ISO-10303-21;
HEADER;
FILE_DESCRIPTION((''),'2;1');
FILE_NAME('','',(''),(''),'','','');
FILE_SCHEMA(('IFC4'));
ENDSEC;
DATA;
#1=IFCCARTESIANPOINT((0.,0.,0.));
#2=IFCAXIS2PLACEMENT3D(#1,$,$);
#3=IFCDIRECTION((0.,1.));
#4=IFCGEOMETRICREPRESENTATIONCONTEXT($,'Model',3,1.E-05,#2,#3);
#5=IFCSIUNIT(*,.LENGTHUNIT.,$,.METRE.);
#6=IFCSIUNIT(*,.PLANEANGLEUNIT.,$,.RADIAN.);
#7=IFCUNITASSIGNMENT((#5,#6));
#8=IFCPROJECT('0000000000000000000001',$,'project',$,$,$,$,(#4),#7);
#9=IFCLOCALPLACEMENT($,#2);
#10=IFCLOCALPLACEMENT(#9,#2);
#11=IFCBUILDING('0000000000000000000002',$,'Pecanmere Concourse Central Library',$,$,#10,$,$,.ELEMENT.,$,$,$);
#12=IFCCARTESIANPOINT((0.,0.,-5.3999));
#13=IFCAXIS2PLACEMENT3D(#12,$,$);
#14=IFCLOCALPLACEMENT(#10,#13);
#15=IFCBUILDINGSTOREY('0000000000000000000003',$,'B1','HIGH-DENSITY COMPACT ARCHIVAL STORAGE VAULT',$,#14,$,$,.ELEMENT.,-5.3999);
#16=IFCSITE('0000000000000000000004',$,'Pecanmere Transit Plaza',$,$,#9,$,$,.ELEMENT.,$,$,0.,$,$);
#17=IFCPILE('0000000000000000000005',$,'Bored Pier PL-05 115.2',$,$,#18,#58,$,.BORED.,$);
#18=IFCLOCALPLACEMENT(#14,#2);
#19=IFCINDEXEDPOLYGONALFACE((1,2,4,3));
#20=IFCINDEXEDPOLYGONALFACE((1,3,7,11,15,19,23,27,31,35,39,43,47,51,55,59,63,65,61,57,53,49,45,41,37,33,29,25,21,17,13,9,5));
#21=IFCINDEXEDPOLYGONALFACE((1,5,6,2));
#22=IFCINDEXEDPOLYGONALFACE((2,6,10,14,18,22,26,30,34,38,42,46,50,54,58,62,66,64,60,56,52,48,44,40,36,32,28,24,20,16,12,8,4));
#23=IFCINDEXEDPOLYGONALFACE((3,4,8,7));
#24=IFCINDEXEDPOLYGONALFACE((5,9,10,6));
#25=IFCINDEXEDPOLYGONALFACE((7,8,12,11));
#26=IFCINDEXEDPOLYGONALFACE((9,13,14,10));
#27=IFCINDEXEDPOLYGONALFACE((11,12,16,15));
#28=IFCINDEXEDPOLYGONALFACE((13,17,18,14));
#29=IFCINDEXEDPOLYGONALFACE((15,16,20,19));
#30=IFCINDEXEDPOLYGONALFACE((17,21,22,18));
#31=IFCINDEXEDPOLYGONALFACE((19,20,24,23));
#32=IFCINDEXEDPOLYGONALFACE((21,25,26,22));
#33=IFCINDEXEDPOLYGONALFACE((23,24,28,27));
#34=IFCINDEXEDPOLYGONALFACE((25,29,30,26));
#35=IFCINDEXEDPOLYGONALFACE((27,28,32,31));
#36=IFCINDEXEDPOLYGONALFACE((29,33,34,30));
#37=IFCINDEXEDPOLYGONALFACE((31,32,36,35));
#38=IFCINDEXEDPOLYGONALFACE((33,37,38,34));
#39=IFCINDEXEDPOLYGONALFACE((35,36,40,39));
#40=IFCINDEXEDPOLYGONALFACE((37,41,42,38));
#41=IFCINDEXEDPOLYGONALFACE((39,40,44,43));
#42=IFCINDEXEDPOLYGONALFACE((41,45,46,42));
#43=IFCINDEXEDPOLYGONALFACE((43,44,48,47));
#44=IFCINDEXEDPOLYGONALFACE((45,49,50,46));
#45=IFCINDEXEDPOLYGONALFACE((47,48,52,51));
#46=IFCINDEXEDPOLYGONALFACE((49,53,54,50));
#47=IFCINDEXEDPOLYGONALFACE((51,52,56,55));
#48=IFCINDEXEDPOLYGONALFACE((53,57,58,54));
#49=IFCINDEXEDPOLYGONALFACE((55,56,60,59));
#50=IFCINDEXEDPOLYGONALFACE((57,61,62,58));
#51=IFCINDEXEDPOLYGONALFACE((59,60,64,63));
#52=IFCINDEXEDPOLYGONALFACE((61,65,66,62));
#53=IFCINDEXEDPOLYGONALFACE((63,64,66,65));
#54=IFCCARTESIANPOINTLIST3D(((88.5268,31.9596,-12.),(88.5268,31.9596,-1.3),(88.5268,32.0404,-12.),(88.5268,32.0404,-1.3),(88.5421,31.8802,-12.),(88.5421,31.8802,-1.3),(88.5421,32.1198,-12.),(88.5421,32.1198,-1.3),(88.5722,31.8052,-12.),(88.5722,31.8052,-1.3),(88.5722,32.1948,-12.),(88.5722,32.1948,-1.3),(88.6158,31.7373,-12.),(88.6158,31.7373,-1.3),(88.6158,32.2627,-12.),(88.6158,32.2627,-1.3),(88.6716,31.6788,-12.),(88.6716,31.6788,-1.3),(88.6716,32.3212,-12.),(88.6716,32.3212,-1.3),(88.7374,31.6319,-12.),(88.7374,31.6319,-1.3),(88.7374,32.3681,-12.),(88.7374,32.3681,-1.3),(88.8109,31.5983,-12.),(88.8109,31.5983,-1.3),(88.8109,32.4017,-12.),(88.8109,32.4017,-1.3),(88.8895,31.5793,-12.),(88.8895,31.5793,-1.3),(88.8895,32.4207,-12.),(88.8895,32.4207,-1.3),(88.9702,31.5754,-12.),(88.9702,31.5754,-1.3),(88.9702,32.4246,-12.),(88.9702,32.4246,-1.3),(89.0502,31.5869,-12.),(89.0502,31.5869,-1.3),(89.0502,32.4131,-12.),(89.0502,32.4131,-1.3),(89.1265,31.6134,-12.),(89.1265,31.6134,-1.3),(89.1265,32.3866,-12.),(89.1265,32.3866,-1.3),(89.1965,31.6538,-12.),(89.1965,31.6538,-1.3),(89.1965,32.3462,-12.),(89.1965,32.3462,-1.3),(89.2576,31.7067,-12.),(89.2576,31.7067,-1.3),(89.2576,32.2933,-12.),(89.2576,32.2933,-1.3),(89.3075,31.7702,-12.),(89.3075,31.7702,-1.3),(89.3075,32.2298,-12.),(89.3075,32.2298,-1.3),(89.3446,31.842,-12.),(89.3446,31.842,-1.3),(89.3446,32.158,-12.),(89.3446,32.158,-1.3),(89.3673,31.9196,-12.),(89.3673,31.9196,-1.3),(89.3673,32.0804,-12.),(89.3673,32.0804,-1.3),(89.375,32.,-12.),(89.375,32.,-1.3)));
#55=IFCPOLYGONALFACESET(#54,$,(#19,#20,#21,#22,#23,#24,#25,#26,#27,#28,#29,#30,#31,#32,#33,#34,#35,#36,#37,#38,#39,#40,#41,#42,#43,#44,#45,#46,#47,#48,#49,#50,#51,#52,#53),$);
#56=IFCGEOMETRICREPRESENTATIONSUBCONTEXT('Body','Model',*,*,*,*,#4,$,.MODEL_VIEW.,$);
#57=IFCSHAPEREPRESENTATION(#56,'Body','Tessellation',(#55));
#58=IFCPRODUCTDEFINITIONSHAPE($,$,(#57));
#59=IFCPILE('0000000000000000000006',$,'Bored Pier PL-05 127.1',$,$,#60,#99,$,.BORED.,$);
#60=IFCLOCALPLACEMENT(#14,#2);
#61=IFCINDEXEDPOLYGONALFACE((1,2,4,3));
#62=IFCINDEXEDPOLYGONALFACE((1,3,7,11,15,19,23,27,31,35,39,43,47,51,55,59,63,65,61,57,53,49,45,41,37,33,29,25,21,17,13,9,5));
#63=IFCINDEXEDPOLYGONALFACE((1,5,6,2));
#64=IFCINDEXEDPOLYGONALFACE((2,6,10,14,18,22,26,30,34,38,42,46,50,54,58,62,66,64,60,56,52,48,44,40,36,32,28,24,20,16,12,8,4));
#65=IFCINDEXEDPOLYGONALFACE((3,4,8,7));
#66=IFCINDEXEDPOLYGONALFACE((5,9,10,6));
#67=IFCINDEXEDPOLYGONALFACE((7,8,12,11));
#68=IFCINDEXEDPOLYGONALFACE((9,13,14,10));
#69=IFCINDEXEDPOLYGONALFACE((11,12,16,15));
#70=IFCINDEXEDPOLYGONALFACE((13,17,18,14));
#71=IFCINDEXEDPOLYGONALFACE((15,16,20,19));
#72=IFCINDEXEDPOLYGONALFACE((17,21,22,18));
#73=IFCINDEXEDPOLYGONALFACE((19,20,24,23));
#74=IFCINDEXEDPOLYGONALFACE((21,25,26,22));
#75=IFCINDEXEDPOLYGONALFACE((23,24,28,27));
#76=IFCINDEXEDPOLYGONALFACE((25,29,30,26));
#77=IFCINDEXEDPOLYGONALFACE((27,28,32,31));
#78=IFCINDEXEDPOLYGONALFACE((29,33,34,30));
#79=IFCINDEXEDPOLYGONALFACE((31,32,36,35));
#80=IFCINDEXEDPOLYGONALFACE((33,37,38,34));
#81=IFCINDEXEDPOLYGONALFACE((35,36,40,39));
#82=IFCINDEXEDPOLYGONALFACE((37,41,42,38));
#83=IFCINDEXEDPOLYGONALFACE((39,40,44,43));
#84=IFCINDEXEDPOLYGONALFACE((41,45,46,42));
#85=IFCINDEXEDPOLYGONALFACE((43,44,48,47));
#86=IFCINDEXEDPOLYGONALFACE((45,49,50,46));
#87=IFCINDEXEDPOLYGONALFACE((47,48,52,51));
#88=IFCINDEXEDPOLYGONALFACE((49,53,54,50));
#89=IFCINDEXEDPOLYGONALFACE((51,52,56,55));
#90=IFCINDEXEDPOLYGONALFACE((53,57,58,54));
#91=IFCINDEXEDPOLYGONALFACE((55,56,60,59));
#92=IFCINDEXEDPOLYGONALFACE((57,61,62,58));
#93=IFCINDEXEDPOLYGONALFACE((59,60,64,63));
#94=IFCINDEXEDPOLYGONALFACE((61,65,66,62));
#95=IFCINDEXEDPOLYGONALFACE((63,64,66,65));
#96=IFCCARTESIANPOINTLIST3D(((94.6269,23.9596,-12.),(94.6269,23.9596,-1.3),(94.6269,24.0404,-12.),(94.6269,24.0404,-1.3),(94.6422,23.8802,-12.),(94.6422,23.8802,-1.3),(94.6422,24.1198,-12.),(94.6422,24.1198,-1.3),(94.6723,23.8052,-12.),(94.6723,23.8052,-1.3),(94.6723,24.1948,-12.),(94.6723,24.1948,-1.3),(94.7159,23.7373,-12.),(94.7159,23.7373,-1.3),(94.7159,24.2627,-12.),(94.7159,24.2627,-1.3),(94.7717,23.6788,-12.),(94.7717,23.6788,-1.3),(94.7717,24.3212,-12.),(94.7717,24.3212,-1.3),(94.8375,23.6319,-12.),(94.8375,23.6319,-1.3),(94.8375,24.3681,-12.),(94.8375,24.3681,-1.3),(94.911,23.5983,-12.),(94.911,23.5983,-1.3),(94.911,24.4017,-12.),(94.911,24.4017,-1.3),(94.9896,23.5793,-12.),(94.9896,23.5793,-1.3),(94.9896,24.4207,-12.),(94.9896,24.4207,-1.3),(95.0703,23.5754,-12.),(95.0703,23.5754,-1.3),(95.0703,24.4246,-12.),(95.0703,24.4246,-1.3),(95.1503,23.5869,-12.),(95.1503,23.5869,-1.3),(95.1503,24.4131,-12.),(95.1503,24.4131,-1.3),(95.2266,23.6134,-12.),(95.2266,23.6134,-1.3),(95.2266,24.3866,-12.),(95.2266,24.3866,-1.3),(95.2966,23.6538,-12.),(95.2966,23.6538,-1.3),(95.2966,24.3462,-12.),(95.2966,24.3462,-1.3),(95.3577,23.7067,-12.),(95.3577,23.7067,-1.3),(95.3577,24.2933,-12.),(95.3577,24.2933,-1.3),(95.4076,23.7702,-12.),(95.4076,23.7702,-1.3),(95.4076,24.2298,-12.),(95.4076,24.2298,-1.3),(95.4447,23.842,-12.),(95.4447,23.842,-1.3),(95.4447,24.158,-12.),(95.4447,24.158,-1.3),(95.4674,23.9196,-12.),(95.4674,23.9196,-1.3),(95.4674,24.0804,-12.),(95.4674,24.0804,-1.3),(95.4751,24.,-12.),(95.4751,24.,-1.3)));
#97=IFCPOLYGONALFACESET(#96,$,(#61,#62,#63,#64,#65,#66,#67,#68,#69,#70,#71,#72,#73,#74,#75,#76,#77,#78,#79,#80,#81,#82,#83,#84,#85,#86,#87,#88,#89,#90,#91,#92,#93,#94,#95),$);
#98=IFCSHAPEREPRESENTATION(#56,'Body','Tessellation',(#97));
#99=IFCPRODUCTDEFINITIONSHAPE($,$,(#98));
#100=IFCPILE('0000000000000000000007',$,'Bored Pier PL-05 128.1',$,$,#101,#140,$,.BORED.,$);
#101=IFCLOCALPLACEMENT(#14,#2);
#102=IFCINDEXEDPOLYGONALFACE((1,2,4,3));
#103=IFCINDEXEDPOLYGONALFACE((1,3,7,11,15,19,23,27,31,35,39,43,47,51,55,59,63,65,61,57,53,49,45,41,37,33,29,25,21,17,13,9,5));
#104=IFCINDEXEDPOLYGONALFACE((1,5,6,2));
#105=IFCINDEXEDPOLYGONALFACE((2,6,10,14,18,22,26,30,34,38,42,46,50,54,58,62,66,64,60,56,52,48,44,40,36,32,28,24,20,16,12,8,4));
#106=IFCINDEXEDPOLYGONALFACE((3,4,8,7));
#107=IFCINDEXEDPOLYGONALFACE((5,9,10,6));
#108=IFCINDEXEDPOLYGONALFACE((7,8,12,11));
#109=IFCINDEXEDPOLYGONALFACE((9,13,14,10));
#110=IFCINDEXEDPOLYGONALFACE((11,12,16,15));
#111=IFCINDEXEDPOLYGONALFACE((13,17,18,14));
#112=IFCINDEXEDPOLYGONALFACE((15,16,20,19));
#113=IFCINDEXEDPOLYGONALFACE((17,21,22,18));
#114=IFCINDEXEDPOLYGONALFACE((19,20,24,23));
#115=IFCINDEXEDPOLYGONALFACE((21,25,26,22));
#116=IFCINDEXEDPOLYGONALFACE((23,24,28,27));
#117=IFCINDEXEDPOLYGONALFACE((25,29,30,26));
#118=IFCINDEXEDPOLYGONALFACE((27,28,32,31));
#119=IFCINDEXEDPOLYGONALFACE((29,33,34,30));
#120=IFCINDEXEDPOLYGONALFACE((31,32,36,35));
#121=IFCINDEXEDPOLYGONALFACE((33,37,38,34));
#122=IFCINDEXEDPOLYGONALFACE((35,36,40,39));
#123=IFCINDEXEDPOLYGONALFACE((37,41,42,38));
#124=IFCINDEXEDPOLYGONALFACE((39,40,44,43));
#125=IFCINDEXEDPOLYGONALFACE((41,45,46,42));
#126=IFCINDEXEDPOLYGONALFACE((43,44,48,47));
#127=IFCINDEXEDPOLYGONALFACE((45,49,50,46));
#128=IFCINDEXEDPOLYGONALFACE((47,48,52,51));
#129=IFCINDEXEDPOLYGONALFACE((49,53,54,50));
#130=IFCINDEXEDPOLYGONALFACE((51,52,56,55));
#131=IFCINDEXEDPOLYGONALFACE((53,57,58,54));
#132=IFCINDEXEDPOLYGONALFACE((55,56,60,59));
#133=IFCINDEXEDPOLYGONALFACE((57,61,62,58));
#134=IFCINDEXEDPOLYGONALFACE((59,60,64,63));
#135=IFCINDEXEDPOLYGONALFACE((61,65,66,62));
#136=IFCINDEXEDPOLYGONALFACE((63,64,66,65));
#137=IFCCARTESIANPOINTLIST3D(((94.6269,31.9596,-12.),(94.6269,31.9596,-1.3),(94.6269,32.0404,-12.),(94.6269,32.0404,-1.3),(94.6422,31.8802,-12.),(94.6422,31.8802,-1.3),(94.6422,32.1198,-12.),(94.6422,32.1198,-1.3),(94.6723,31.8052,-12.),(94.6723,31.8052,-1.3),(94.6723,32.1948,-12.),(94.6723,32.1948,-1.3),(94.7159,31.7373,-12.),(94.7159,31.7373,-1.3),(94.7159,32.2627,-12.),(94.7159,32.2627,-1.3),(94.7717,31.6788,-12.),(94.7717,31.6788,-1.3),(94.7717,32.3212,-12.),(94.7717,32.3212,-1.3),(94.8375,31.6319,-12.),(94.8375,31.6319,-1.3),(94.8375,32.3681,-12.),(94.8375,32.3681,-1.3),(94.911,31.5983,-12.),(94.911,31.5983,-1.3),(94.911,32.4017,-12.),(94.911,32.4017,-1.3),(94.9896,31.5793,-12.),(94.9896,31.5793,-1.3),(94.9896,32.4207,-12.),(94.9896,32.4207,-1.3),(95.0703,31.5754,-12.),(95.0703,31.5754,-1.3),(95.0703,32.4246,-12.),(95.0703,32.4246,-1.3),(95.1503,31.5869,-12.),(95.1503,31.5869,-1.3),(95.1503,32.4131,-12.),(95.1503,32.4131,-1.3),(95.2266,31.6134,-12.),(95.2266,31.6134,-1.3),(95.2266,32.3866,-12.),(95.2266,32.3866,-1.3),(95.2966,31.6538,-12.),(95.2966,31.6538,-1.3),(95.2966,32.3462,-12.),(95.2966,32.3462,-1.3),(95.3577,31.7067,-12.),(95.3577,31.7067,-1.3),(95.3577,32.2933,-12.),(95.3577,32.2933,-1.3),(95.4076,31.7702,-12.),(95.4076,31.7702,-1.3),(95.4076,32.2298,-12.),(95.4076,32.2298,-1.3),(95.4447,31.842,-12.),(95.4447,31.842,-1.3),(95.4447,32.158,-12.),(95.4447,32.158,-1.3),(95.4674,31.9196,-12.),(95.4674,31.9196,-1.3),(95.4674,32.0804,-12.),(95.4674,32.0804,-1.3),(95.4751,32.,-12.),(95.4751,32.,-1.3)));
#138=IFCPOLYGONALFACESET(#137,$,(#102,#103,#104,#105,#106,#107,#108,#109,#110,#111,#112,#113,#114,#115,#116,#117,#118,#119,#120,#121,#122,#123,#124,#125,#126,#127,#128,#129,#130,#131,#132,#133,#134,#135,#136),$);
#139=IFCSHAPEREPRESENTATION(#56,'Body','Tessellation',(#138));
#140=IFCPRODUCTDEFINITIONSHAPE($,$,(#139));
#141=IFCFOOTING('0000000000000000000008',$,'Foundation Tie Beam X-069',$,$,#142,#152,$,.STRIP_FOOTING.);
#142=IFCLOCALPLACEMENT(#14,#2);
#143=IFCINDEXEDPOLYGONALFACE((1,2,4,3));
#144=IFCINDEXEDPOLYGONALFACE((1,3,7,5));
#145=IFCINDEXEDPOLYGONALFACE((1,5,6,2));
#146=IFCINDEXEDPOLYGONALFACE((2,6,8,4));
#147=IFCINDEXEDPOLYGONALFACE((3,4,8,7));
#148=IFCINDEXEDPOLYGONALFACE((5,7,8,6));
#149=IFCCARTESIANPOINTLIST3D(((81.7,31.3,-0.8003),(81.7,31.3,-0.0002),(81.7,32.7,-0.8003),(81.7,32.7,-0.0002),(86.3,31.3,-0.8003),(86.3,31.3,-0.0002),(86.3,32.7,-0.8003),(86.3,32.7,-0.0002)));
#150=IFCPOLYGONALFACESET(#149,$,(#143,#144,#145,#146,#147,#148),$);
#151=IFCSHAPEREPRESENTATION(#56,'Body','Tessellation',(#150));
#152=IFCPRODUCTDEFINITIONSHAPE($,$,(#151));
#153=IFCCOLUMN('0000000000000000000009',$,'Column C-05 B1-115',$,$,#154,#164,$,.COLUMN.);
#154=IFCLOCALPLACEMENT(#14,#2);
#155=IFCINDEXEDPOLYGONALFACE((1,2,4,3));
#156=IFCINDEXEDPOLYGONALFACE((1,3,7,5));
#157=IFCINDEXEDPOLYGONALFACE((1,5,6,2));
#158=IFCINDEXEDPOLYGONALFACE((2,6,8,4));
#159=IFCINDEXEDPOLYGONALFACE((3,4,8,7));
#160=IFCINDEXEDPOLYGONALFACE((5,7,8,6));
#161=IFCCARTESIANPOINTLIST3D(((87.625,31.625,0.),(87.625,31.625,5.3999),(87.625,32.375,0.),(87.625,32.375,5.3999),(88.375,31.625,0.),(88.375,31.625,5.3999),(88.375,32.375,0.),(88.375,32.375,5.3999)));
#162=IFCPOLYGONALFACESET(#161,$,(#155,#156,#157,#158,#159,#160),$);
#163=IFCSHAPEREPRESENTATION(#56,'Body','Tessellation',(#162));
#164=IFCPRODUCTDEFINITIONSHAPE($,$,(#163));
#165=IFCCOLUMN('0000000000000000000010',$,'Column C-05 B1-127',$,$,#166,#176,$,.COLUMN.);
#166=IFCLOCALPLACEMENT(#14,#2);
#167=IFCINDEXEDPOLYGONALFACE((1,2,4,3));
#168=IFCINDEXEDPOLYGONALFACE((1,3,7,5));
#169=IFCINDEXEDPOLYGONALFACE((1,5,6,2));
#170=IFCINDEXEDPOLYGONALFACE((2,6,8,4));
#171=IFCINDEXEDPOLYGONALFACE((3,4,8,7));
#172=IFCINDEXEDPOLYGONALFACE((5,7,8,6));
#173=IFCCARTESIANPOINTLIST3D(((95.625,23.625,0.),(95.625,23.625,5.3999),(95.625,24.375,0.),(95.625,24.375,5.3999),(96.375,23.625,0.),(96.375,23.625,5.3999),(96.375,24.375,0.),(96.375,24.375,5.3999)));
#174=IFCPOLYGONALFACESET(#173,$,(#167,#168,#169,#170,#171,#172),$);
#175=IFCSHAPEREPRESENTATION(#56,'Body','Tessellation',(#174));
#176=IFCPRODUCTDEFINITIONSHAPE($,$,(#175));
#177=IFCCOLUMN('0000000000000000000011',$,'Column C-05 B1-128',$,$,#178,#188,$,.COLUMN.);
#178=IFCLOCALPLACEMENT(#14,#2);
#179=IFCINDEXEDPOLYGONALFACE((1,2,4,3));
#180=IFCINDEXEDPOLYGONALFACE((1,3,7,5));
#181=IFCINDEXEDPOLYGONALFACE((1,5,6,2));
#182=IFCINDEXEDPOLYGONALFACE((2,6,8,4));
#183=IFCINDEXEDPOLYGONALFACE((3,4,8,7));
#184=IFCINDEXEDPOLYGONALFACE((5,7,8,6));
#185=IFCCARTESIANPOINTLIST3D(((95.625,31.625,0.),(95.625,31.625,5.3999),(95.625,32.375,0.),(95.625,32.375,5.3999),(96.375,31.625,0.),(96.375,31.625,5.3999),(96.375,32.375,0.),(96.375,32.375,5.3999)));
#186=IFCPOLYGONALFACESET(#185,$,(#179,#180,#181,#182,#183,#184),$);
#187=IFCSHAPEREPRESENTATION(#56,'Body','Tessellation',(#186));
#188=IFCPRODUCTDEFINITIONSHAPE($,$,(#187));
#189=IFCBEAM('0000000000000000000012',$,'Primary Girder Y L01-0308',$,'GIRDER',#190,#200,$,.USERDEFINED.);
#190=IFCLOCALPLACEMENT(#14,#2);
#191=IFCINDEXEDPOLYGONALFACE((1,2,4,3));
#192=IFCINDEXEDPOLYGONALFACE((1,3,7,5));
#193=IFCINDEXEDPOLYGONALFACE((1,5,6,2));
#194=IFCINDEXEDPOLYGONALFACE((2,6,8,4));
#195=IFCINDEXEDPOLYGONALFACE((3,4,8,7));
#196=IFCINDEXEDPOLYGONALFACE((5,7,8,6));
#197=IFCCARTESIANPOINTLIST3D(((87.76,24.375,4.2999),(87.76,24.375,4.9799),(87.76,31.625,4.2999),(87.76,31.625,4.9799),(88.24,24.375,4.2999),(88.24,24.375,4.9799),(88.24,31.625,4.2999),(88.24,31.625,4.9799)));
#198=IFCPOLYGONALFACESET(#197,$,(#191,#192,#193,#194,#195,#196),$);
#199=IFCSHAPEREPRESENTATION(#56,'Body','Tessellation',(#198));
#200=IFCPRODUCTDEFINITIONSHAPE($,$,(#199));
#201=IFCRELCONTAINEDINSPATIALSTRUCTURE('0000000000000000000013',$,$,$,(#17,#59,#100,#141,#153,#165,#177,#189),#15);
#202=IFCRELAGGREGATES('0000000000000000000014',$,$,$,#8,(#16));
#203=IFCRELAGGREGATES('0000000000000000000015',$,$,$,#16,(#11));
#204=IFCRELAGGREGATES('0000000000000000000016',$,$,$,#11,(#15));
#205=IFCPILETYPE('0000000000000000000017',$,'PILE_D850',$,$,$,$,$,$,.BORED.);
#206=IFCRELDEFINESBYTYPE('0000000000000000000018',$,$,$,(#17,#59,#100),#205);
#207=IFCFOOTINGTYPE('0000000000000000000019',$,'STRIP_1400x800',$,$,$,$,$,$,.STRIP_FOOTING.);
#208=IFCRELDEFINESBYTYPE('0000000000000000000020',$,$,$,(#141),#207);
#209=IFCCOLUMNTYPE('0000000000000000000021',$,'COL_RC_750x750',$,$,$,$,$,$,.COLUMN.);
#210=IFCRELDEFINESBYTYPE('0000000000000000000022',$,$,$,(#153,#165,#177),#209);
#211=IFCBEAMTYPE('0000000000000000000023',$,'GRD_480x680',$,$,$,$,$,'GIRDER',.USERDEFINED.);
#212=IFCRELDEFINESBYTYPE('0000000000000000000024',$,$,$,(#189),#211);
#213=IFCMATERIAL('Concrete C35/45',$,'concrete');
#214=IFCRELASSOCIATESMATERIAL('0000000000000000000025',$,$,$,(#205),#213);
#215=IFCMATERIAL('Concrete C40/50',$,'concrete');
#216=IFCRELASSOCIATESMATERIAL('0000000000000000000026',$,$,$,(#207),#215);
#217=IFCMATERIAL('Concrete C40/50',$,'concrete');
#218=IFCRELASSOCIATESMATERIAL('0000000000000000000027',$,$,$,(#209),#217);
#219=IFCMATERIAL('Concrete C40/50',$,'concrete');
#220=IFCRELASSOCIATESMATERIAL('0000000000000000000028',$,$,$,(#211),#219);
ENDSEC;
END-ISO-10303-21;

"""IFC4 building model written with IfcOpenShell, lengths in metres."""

from ifc_helpers import new_model, si_unit, direction, frame, origin, origin_2d, place, context, subcontext, project, spatial, rectangle, circle, extrude, material, material_profile, profile_set, type_object, element, save


model = new_model("IFC4")

# Units and contexts
model_context = context("Model", 3, precision=1e-05, world=origin(), true_north=direction((0.0, 1.0)))
body_context = subcontext(model_context, "Body", "Model", "MODEL_VIEW")
ifc_project = project(units=[si_unit("LENGTHUNIT", "METRE"), si_unit("PLANEANGLEUNIT", "RADIAN")], contexts=[model_context])

# Site, building, storey
site_placement = place(None, origin())
site = spatial("IfcSite", under=ifc_project, at=site_placement, Name="Pecanmere Transit Plaza", CompositionType="ELEMENT", RefElevation=0.0)
building_placement = place(site_placement, origin())
building = spatial("IfcBuilding", under=site, at=building_placement, Name="Pecanmere Concourse Central Library", CompositionType="ELEMENT")
storey_placement = place(building_placement, frame((0.0, 0.0, -5.3999)))
storey = spatial("IfcBuildingStorey", under=building, at=storey_placement, Name="B1", Description="HIGH-DENSITY COMPACT ARCHIVAL STORAGE VAULT", CompositionType="ELEMENT", Elevation=-5.3999)

# Piles
ifc_material_1 = material(Name="Concrete C35/45", Category="concrete")
ifc_material_profile_1 = material_profile(ifc_material_1, circle(Radius=0.425, at=origin_2d()), Name="PIER D850")
ifc_profile_set_1 = profile_set([ifc_material_profile_1], Name="Concrete C35/45")
pile_type = type_object("IfcPileType", Name="PILE_D850", PredefinedType="BORED", material=ifc_profile_set_1)
for number, where, z_axis, x_axis, name in (
    (1, (88.95, 32.0, -1.3), (0.0, 0.0, -1.0), (1.0, 0.0, 0.0), "Bored Pier PL-05 115.2"),
    (2, (95.05, 24.0, -1.3), (0.0, 0.0, -1.0), (1.0, 0.0, 0.0), "Bored Pier PL-05 127.1"),
    (3, (95.05, 32.0, -1.3), (0.0, 0.0, -1.0), (1.0, 0.0, 0.0), "Bored Pier PL-05 128.1"),
):
    element("IfcPile", number, at=place(storey_placement, frame(where, z_axis=z_axis, x_axis=x_axis)), inside=storey, type_object=pile_type, Name=name, PredefinedType="BORED", context=body_context, shape_type="SweptSolid", body=[
        extrude(circle(Radius=0.425, at=origin_2d()), origin(), (0.0, 0.0, 1.0), 10.7),
    ])

# Footing
ifc_material_2 = material(Name="Concrete C40/50", Category="concrete")
ifc_material_profile_2 = material_profile(ifc_material_2, rectangle(XDim=1.3999, YDim=0.8, at=origin_2d()), Name="RC 1400x800")
ifc_profile_set_2 = profile_set([ifc_material_profile_2], Name="Concrete C40/50")
footing_type_1 = type_object("IfcFootingType", Name="STRIP_1400x800", PredefinedType="STRIP_FOOTING", material=ifc_profile_set_2)
footing_placement = place(storey_placement, frame((84.0, 32.0, -0.8003), z_axis=(0.0, 0.0, 1.0), x_axis=(1.0, 0.0, 0.0)))
element("IfcFooting", 4, at=footing_placement, inside=storey, type_object=footing_type_1, Name="Foundation Tie Beam X-069", PredefinedType="STRIP_FOOTING", context=body_context, shape_type="SweptSolid", body=[
    extrude(rectangle(XDim=4.6001, YDim=1.3999, at=origin_2d()), origin(), (0.0, 0.0, 1.0), 0.8),
])

# Columns
ifc_material_3 = material(Name="Concrete C40/50", Category="concrete")
ifc_material_profile_3 = material_profile(ifc_material_3, rectangle(XDim=0.75, YDim=0.75, at=origin_2d()), Name="RC 750x750")
ifc_profile_set_3 = profile_set([ifc_material_profile_3], Name="Concrete C40/50")
column_type = type_object("IfcColumnType", Name="COL_RC_750x750", PredefinedType="COLUMN", material=ifc_profile_set_3)
for number, where, z_axis, x_axis, name in (
    (5, (88.0, 32.0, 0.0), (0.0, 0.0, 1.0), (1.0, 0.0, 0.0), "Column C-05 B1-115"),
    (6, (96.0, 24.0, 0.0), (0.0, 0.0, 1.0), (1.0, 0.0, 0.0), "Column C-05 B1-127"),
    (7, (96.0, 32.0, 0.0), (0.0, 0.0, 1.0), (1.0, 0.0, 0.0), "Column C-05 B1-128"),
):
    element("IfcColumn", number, at=place(storey_placement, frame(where, z_axis=z_axis, x_axis=x_axis)), inside=storey, type_object=column_type, Name=name, PredefinedType="COLUMN", context=body_context, shape_type="SweptSolid", body=[
        extrude(rectangle(XDim=0.75, YDim=0.75, at=origin_2d()), origin(), (0.0, 0.0, 1.0), 5.3999),
    ])

# Beam
ifc_material_4 = material(Name="Concrete C40/50", Category="concrete")
ifc_material_profile_4 = material_profile(ifc_material_4, rectangle(XDim=0.48, YDim=0.6799, at=origin_2d()), Name="RC 480x680")
ifc_profile_set_4 = profile_set([ifc_material_profile_4], Name="Concrete C40/50")
beam_type_1 = type_object("IfcBeamType", Name="GRD_480x680", ElementType="GIRDER", PredefinedType="USERDEFINED", material=ifc_profile_set_4)
for number, where, z_axis, x_axis, name in (
    (8, (88.0, 24.375, 4.6399), (0.0, 1.0, 0.0), (-1.0, 0.0, 0.0), "Primary Girder Y L01-0308"),
):
    element("IfcBeam", number, at=place(storey_placement, frame(where, z_axis=z_axis, x_axis=x_axis)), inside=storey, type_object=beam_type_1, Name=name, ObjectType="GIRDER", PredefinedType="USERDEFINED", context=body_context, shape_type="SweptSolid", body=[
        extrude(rectangle(XDim=0.48, YDim=0.6799, at=origin_2d()), origin(), (0.0, 0.0, 1.0), 7.25),
    ])

save(model, "model.ifc")
